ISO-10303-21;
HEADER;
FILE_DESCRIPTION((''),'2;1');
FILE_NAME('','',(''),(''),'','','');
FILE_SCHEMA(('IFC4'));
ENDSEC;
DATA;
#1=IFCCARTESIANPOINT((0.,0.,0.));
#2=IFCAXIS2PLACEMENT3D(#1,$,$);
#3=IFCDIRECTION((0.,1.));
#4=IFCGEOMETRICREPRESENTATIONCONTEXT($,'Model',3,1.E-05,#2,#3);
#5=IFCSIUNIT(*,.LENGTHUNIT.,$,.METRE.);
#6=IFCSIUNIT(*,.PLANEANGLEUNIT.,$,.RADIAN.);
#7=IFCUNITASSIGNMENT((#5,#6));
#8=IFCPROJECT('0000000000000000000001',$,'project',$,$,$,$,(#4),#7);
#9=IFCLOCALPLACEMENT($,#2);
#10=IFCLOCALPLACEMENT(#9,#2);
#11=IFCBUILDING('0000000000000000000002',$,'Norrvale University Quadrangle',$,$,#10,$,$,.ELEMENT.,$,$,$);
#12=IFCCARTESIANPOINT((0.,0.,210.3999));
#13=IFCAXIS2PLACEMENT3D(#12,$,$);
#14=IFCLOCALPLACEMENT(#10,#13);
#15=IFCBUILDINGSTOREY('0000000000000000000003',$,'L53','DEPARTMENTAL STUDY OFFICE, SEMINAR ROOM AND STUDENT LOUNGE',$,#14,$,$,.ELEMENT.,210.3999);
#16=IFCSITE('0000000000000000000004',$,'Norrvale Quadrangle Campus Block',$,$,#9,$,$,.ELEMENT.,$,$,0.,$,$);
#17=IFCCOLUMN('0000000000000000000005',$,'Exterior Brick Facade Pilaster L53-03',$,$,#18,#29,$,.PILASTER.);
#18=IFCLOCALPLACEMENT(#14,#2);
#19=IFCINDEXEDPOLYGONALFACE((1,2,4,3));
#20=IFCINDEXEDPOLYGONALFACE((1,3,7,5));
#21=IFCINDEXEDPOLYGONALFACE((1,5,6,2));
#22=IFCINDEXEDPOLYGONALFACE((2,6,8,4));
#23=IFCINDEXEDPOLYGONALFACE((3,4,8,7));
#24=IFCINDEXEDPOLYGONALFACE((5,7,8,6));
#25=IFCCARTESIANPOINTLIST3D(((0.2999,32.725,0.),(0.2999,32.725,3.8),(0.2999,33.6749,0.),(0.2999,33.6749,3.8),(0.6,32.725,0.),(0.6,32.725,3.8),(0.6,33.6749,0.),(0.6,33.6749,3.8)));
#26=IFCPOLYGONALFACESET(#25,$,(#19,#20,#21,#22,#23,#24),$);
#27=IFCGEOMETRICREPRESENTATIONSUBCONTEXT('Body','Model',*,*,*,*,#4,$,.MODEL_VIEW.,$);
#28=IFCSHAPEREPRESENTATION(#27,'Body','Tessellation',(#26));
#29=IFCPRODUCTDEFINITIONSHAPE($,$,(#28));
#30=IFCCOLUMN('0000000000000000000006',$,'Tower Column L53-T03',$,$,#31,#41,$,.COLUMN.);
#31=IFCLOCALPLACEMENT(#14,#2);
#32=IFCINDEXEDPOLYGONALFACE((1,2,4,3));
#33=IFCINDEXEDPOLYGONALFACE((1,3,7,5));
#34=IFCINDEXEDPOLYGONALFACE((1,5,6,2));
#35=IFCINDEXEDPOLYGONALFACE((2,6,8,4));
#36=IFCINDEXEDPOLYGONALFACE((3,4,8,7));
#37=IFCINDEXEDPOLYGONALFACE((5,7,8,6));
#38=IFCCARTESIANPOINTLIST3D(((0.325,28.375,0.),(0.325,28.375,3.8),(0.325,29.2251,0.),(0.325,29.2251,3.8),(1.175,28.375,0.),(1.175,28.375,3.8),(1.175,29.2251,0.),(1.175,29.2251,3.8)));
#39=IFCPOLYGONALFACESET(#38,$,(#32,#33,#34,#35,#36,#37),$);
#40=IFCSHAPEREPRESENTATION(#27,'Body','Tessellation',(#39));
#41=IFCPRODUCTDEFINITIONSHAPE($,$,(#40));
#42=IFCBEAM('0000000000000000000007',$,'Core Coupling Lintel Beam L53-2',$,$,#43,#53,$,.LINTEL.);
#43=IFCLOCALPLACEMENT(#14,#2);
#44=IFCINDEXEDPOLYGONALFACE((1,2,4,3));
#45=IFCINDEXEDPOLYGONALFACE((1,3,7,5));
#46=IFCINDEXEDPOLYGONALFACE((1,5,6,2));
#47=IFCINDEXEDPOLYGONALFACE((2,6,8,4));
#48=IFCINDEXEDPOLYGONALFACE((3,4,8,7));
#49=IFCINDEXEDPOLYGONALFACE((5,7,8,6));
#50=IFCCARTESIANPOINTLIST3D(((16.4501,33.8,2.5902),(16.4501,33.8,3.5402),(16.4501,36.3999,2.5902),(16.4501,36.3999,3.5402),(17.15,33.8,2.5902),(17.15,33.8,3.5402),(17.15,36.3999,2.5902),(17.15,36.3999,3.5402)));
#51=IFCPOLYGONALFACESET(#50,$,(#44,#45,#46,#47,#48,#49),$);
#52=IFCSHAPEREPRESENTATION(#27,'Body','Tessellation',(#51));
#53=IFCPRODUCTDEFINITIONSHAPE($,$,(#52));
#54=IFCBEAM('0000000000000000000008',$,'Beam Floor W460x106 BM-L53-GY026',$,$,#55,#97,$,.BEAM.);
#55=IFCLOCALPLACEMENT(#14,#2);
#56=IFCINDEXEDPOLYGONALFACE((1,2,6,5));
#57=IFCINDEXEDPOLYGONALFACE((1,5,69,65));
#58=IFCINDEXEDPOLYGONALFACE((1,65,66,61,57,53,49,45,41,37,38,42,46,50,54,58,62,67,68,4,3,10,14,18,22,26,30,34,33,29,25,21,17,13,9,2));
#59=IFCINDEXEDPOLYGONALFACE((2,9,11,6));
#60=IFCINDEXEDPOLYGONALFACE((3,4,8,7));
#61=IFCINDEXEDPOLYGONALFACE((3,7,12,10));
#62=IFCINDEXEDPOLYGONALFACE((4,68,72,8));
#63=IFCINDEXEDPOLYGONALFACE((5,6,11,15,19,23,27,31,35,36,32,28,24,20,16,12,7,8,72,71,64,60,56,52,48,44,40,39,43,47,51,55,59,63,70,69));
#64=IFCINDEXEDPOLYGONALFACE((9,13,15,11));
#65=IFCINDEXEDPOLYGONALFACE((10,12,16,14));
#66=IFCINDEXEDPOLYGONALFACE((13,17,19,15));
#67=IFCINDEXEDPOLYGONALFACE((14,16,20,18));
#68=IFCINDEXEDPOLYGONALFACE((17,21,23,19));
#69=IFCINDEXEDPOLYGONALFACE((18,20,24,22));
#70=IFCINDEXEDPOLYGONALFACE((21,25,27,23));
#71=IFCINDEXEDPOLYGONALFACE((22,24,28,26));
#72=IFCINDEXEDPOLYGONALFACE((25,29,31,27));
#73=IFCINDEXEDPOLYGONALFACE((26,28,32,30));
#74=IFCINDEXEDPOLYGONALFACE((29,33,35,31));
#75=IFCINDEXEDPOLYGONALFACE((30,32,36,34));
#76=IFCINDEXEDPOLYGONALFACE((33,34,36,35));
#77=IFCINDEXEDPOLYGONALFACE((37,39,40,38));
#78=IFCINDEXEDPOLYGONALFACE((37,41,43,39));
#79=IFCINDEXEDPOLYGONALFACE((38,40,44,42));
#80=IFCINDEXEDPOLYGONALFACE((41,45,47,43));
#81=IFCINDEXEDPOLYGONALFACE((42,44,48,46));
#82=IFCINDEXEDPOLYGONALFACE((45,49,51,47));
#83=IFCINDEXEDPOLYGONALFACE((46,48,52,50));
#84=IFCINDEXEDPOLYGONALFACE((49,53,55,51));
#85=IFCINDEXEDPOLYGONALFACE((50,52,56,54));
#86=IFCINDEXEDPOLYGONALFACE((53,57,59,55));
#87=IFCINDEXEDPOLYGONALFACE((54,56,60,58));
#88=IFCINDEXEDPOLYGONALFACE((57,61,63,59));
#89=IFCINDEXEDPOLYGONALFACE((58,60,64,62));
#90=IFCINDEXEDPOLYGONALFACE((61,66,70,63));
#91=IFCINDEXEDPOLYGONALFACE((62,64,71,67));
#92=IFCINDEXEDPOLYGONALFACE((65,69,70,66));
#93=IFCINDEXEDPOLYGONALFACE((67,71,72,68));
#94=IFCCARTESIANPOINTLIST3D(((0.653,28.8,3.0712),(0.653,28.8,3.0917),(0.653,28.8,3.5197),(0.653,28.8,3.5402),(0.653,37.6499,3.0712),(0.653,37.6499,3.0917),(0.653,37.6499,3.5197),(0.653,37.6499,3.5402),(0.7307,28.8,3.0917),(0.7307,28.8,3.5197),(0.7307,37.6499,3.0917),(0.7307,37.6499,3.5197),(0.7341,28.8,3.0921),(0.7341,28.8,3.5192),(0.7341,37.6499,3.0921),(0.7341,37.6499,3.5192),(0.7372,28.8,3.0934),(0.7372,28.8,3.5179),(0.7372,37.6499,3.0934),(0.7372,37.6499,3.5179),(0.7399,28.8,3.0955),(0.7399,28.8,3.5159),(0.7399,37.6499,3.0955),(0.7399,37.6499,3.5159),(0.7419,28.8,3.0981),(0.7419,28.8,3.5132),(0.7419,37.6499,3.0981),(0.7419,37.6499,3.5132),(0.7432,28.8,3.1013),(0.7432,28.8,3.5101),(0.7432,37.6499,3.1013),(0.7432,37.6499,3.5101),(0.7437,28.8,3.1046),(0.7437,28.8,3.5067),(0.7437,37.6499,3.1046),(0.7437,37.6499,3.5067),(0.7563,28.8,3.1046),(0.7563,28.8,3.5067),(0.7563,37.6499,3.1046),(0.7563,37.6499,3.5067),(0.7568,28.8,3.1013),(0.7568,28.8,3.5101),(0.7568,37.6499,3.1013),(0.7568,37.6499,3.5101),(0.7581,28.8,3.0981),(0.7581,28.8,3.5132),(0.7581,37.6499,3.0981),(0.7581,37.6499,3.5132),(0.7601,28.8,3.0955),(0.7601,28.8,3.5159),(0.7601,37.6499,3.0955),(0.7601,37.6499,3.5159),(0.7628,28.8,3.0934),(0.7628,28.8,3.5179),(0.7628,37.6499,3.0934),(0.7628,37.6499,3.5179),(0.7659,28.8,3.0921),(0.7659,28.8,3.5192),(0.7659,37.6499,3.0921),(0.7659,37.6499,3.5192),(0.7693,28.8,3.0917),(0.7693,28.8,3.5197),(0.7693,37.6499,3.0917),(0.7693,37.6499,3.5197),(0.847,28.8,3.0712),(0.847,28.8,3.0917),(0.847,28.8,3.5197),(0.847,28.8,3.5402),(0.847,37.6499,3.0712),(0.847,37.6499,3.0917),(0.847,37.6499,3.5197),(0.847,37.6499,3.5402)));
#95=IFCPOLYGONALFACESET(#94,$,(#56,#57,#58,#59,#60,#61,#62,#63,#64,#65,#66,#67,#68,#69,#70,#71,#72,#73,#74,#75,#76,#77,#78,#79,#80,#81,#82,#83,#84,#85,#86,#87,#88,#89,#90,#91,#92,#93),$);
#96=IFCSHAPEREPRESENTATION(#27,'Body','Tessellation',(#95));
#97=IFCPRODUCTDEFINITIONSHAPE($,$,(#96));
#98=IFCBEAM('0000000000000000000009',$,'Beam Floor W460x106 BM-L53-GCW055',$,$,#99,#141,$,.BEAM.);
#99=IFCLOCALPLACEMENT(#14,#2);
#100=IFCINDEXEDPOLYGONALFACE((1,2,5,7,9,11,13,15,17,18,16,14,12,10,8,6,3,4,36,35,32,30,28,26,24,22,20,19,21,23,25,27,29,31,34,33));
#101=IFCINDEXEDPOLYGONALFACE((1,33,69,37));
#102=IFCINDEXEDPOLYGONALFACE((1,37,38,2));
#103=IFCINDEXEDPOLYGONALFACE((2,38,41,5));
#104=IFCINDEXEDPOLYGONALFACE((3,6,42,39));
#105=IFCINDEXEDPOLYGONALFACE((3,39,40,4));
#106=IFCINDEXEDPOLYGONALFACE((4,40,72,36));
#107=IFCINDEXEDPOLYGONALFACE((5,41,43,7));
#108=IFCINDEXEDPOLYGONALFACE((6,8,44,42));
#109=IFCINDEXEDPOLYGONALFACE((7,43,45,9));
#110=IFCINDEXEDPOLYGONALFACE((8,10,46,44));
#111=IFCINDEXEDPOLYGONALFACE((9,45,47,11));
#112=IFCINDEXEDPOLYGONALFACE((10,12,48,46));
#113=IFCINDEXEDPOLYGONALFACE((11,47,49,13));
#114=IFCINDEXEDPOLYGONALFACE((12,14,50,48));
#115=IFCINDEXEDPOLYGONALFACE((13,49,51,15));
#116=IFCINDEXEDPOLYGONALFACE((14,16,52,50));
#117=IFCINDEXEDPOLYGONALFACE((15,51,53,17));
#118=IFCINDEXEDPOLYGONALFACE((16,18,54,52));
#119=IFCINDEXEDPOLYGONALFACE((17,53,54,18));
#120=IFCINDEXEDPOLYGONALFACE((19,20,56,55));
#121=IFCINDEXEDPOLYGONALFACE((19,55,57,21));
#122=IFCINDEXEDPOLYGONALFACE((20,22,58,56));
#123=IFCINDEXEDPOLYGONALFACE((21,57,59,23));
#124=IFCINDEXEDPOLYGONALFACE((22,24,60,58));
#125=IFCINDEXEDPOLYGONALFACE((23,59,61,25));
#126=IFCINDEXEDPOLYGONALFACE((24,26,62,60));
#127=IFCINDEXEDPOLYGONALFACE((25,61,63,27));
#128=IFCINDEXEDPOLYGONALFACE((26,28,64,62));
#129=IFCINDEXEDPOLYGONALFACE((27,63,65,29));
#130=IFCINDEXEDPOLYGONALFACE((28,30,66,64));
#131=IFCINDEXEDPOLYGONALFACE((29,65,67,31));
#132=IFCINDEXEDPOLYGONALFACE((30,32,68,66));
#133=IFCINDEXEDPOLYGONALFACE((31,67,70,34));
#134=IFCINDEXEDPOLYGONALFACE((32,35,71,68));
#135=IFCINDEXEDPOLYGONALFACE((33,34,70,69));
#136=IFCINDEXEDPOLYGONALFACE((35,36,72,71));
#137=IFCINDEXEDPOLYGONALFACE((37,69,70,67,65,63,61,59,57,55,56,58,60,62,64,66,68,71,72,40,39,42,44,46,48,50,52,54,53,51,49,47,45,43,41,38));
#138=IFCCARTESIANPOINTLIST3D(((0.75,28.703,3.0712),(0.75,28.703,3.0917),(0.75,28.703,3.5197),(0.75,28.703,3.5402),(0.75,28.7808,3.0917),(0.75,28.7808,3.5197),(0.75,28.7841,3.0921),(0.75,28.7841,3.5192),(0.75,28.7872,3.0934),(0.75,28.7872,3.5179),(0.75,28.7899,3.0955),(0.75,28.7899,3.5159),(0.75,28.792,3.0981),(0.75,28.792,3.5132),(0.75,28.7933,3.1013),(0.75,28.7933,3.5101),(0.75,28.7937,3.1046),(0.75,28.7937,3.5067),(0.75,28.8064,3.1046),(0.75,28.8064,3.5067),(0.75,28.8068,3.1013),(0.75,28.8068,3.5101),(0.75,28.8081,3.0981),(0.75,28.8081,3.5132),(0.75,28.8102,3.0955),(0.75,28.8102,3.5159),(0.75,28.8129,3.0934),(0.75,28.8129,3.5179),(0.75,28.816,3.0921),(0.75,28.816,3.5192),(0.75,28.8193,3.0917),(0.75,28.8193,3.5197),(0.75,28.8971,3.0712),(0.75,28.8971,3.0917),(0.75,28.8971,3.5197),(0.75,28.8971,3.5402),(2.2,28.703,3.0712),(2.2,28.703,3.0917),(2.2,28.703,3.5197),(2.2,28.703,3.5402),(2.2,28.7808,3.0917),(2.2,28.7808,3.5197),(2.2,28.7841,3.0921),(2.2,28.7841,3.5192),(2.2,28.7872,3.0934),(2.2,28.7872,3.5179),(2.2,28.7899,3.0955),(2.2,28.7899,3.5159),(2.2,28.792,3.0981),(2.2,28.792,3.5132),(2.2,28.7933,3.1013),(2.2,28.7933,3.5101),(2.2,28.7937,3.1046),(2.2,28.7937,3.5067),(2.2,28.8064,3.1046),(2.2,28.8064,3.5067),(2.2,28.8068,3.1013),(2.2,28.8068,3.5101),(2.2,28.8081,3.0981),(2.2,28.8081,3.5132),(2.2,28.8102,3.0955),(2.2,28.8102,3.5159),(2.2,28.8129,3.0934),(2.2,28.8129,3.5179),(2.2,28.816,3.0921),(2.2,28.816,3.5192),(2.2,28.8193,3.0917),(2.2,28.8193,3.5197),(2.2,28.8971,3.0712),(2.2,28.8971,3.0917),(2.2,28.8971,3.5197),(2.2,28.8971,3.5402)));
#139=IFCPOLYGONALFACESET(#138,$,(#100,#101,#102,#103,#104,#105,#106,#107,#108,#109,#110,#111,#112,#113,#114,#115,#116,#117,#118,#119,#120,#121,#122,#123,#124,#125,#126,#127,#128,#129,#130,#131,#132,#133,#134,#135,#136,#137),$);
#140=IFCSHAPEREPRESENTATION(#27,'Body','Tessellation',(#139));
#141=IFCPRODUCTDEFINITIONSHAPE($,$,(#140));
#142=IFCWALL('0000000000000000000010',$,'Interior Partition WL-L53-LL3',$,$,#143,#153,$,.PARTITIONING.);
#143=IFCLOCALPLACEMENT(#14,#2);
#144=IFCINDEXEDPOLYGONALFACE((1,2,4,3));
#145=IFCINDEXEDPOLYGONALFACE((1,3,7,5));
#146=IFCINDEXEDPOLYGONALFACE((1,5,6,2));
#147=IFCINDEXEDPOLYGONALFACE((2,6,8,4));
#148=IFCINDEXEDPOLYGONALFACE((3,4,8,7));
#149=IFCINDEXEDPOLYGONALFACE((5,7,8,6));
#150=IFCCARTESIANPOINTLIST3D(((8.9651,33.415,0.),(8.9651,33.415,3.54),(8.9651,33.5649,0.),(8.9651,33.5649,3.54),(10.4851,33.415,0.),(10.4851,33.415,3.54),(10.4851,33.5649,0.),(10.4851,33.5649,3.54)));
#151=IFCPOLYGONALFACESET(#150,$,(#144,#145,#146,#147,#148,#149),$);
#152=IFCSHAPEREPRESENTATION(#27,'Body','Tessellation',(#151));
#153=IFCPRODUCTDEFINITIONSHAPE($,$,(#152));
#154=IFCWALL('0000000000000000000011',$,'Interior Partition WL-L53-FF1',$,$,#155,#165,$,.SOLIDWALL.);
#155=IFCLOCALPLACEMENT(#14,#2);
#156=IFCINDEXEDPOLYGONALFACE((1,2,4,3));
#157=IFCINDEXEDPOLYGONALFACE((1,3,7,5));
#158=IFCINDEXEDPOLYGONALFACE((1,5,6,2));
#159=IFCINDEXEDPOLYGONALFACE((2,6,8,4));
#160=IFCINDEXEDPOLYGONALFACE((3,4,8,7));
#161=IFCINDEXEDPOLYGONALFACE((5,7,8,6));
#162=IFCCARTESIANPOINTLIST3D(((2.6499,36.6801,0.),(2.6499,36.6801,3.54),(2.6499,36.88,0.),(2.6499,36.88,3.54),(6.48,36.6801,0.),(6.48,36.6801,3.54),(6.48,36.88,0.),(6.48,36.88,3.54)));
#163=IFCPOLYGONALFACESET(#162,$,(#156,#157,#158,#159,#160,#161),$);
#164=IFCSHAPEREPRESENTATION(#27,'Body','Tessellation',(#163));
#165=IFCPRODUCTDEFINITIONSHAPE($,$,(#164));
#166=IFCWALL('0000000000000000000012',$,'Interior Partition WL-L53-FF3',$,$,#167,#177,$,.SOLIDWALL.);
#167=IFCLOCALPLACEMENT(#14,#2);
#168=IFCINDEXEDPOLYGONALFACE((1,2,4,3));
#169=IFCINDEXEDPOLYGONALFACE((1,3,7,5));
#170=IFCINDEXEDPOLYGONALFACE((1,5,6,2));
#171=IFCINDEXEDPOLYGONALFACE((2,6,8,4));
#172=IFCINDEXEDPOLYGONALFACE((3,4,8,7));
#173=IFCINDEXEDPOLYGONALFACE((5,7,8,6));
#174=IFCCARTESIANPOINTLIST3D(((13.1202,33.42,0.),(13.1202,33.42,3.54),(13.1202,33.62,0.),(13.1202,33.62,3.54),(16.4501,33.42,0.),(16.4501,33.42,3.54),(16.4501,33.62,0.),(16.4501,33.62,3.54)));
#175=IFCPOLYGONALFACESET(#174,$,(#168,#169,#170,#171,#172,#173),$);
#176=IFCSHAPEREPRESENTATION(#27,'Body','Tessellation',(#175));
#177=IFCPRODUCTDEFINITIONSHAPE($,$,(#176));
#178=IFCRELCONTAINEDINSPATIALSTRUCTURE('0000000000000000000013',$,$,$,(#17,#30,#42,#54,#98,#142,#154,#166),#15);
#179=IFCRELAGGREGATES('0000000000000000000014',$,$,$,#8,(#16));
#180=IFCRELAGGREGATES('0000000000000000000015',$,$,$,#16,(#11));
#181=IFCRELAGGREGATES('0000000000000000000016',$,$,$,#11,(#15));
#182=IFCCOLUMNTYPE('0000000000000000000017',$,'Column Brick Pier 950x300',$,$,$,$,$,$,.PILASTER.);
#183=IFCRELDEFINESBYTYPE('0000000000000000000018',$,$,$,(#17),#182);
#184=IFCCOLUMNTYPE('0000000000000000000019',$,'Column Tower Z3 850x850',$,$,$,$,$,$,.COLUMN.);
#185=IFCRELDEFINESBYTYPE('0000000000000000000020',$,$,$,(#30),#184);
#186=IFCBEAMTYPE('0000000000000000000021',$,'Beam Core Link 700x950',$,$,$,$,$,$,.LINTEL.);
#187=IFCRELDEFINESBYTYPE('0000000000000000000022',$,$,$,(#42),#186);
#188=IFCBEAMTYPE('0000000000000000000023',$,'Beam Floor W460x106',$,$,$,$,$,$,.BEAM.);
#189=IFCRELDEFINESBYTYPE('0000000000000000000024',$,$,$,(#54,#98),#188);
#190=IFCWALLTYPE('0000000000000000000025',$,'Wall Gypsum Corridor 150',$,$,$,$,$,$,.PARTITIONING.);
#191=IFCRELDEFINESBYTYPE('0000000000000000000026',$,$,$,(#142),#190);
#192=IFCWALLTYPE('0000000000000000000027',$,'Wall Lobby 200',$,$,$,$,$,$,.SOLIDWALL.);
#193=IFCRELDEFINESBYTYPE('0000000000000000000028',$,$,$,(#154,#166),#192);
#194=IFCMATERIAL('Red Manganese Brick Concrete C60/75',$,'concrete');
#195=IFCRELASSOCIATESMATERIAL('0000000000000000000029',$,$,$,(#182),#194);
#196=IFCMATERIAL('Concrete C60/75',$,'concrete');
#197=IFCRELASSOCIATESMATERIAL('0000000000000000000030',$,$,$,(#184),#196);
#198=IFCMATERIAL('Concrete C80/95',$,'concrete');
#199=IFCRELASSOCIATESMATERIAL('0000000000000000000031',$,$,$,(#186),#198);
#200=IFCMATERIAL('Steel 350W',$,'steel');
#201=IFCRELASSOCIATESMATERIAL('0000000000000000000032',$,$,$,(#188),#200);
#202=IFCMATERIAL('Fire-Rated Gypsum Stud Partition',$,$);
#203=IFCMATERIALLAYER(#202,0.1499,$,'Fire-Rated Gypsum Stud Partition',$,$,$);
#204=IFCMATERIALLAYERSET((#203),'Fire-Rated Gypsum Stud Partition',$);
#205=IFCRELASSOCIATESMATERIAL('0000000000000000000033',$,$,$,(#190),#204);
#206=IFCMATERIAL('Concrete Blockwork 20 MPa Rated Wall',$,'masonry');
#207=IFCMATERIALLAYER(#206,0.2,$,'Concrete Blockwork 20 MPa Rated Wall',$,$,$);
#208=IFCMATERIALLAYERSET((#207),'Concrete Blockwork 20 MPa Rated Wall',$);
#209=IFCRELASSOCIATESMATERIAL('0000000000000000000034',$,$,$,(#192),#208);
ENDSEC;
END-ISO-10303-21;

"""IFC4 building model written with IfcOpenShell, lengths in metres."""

from ifc_helpers import new_model, si_unit, direction, frame, frame_2d, origin, origin_2d, place, context, subcontext, project, spatial, rectangle, i_section, extrude, material, layer, layer_set, material_profile, profile_set, type_object, element, save


model = new_model("IFC4")

# Units and contexts
model_context = context("Model", 3, precision=1e-05, world=origin(), true_north=direction((0.0, 1.0)))
body_context = subcontext(model_context, "Body", "Model", "MODEL_VIEW")
ifc_project = project(units=[si_unit("LENGTHUNIT", "METRE"), si_unit("PLANEANGLEUNIT", "RADIAN")], contexts=[model_context])

# Site, building, storey
site_placement = place(None, origin())
site = spatial("IfcSite", under=ifc_project, at=site_placement, Name="Norrvale Quadrangle Campus Block", CompositionType="ELEMENT", RefElevation=0.0)
building_placement = place(site_placement, origin())
building = spatial("IfcBuilding", under=site, at=building_placement, Name="Norrvale University Quadrangle", CompositionType="ELEMENT")
storey_placement = place(building_placement, frame((0.0, 0.0, 210.3999)))
storey = spatial("IfcBuildingStorey", under=building, at=storey_placement, Name="L53", Description="DEPARTMENTAL STUDY OFFICE, SEMINAR ROOM AND STUDENT LOUNGE", CompositionType="ELEMENT", Elevation=210.3999)

# Columns
ifc_material_1 = material(Name="Red Manganese Brick Concrete C60/75", Category="concrete")
ifc_material_profile_1 = material_profile(ifc_material_1, rectangle(XDim=0.95, YDim=0.3, at=origin_2d()), Name="Red Manganese Brick Concrete C60/75")
ifc_profile_set_1 = profile_set([ifc_material_profile_1], Name="Red Manganese Brick Concrete C60/75")
column_type_1 = type_object("IfcColumnType", Name="Column Brick Pier 950x300", PredefinedType="PILASTER", material=ifc_profile_set_1)
column_1_placement = place(storey_placement, frame((0.45, 33.2, 0.0), z_axis=(0.0, 0.0, 1.0), x_axis=(0.0, 1.0, 0.0)))
element("IfcColumn", 1, at=column_1_placement, inside=storey, type_object=column_type_1, Name="Exterior Brick Facade Pilaster L53-03", PredefinedType="PILASTER", context=body_context, shape_type="SweptSolid", body=[
    extrude(rectangle(XDim=0.95, YDim=0.3, at=origin_2d()), origin(), (0.0, 0.0, 1.0), 3.8),
])
ifc_material_2 = material(Name="Concrete C60/75", Category="concrete")
ifc_material_profile_2 = material_profile(ifc_material_2, rectangle(XDim=0.8501, YDim=0.8501, at=origin_2d()), Name="Concrete C60/75")
ifc_profile_set_2 = profile_set([ifc_material_profile_2], Name="Concrete C60/75")
column_type_2 = type_object("IfcColumnType", Name="Column Tower Z3 850x850", PredefinedType="COLUMN", material=ifc_profile_set_2)
column_2_placement = place(storey_placement, frame((0.75, 28.8, 0.0), z_axis=(0.0, 0.0, 1.0), x_axis=(1.0, 0.0, 0.0)))
element("IfcColumn", 2, at=column_2_placement, inside=storey, type_object=column_type_2, Name="Tower Column L53-T03", PredefinedType="COLUMN", context=body_context, shape_type="SweptSolid", body=[
    extrude(rectangle(XDim=0.8501, YDim=0.8501, at=origin_2d()), origin(), (0.0, 0.0, 1.0), 3.8),
])

# Beams
ifc_material_3 = material(Name="Concrete C80/95", Category="concrete")
ifc_material_profile_3 = material_profile(ifc_material_3, rectangle(XDim=0.7, YDim=0.95, at=origin_2d()), Name="Concrete C80/95")
ifc_profile_set_3 = profile_set([ifc_material_profile_3], Name="Concrete C80/95")
beam_type_1 = type_object("IfcBeamType", Name="Beam Core Link 700x950", PredefinedType="LINTEL", material=ifc_profile_set_3)
beam_1_placement = place(storey_placement, frame((16.8, 33.8, 3.0652), z_axis=(0.0, 1.0, 0.0), x_axis=(-1.0, 0.0, 0.0)))
element("IfcBeam", 3, at=beam_1_placement, inside=storey, type_object=beam_type_1, Name="Core Coupling Lintel Beam L53-2", PredefinedType="LINTEL", context=body_context, shape_type="SweptSolid", body=[
    extrude(rectangle(XDim=0.7, YDim=0.95, at=origin_2d()), origin(), (0.0, 0.0, 1.0), 2.5999),
])
ifc_material_4 = material(Name="Steel 350W", Category="steel")
ifc_material_profile_4 = material_profile(ifc_material_4, i_section(OverallWidth=0.1941, OverallDepth=0.469, WebThickness=0.0127, FlangeThickness=0.0205, FilletRadius=0.0129, at=origin_2d()), Name="Steel 350W")
ifc_profile_set_4 = profile_set([ifc_material_profile_4], Name="Steel 350W")
beam_type_2 = type_object("IfcBeamType", Name="Beam Floor W460x106", PredefinedType="BEAM", material=ifc_profile_set_4)
beam_2_placement = place(storey_placement, frame((0.75, 28.8, 3.3057), z_axis=(0.0, 1.0, 0.0), x_axis=(-1.0, 0.0, 0.0)))
element("IfcBeam", 4, at=beam_2_placement, inside=storey, type_object=beam_type_2, Name="Beam Floor W460x106 BM-L53-GY026", PredefinedType="BEAM", context=body_context, shape_type="SweptSolid", body=[
    extrude(i_section(OverallWidth=0.1941, OverallDepth=0.469, WebThickness=0.0127, FlangeThickness=0.0205, FilletRadius=0.0129, at=origin_2d()), origin(), (0.0, 0.0, 1.0), 8.8499),
])
beam_3_placement = place(storey_placement, frame((0.75, 28.8, 3.3057), z_axis=(1.0, 0.0, 0.0), x_axis=(0.0, 1.0, 0.0)))
element("IfcBeam", 5, at=beam_3_placement, inside=storey, type_object=beam_type_2, Name="Beam Floor W460x106 BM-L53-GCW055", PredefinedType="BEAM", context=body_context, shape_type="SweptSolid", body=[
    extrude(i_section(OverallWidth=0.1941, OverallDepth=0.469, WebThickness=0.0127, FlangeThickness=0.0205, FilletRadius=0.0129, at=origin_2d()), origin(), (0.0, 0.0, 1.0), 1.45),
])

# Walls
ifc_material_5 = material(Name="Fire-Rated Gypsum Stud Partition")
ifc_layer_1 = layer(ifc_material_5, 0.1499, Name="Fire-Rated Gypsum Stud Partition")
ifc_layer_set_1 = layer_set([ifc_layer_1], Name="Fire-Rated Gypsum Stud Partition")
wall_type_1 = type_object("IfcWallType", Name="Wall Gypsum Corridor 150", PredefinedType="PARTITIONING", material=ifc_layer_set_1)
wall_1_placement = place(storey_placement, frame((8.9651, 33.49, 0.0), z_axis=(0.0, 0.0, 1.0), x_axis=(1.0, 0.0, 0.0)))
element("IfcWall", 6, at=wall_1_placement, inside=storey, type_object=wall_type_1, Name="Interior Partition WL-L53-LL3", PredefinedType="PARTITIONING", context=body_context, shape_type="SweptSolid", body=[
    extrude(rectangle(XDim=1.52, YDim=0.1499, at=frame_2d((0.76, 0.0))), origin(), (0.0, 0.0, 1.0), 3.54),
])
ifc_material_6 = material(Name="Concrete Blockwork 20 MPa Rated Wall", Category="masonry")
ifc_layer_2 = layer(ifc_material_6, 0.2, Name="Concrete Blockwork 20 MPa Rated Wall")
ifc_layer_set_2 = layer_set([ifc_layer_2], Name="Concrete Blockwork 20 MPa Rated Wall")
wall_type_2 = type_object("IfcWallType", Name="Wall Lobby 200", PredefinedType="SOLIDWALL", material=ifc_layer_set_2)
wall_2_placement = place(storey_placement, frame((2.6499, 36.78, 0.0), z_axis=(0.0, 0.0, 1.0), x_axis=(1.0, 0.0, 0.0)))
element("IfcWall", 7, at=wall_2_placement, inside=storey, type_object=wall_type_2, Name="Interior Partition WL-L53-FF1", PredefinedType="SOLIDWALL", context=body_context, shape_type="SweptSolid", body=[
    extrude(rectangle(XDim=3.8301, YDim=0.2, at=frame_2d((1.915, 0.0))), origin(), (0.0, 0.0, 1.0), 3.54),
])
wall_3_placement = place(storey_placement, frame((13.1201, 33.52, 0.0), z_axis=(0.0, 0.0, 1.0), x_axis=(1.0, 0.0, 0.0)))
element("IfcWall", 8, at=wall_3_placement, inside=storey, type_object=wall_type_2, Name="Interior Partition WL-L53-FF3", PredefinedType="SOLIDWALL", context=body_context, shape_type="SweptSolid", body=[
    extrude(rectangle(XDim=3.3298, YDim=0.2, at=frame_2d((1.665, 0.0))), origin(), (0.0, 0.0, 1.0), 3.54),
])

save(model, "model.ifc")
